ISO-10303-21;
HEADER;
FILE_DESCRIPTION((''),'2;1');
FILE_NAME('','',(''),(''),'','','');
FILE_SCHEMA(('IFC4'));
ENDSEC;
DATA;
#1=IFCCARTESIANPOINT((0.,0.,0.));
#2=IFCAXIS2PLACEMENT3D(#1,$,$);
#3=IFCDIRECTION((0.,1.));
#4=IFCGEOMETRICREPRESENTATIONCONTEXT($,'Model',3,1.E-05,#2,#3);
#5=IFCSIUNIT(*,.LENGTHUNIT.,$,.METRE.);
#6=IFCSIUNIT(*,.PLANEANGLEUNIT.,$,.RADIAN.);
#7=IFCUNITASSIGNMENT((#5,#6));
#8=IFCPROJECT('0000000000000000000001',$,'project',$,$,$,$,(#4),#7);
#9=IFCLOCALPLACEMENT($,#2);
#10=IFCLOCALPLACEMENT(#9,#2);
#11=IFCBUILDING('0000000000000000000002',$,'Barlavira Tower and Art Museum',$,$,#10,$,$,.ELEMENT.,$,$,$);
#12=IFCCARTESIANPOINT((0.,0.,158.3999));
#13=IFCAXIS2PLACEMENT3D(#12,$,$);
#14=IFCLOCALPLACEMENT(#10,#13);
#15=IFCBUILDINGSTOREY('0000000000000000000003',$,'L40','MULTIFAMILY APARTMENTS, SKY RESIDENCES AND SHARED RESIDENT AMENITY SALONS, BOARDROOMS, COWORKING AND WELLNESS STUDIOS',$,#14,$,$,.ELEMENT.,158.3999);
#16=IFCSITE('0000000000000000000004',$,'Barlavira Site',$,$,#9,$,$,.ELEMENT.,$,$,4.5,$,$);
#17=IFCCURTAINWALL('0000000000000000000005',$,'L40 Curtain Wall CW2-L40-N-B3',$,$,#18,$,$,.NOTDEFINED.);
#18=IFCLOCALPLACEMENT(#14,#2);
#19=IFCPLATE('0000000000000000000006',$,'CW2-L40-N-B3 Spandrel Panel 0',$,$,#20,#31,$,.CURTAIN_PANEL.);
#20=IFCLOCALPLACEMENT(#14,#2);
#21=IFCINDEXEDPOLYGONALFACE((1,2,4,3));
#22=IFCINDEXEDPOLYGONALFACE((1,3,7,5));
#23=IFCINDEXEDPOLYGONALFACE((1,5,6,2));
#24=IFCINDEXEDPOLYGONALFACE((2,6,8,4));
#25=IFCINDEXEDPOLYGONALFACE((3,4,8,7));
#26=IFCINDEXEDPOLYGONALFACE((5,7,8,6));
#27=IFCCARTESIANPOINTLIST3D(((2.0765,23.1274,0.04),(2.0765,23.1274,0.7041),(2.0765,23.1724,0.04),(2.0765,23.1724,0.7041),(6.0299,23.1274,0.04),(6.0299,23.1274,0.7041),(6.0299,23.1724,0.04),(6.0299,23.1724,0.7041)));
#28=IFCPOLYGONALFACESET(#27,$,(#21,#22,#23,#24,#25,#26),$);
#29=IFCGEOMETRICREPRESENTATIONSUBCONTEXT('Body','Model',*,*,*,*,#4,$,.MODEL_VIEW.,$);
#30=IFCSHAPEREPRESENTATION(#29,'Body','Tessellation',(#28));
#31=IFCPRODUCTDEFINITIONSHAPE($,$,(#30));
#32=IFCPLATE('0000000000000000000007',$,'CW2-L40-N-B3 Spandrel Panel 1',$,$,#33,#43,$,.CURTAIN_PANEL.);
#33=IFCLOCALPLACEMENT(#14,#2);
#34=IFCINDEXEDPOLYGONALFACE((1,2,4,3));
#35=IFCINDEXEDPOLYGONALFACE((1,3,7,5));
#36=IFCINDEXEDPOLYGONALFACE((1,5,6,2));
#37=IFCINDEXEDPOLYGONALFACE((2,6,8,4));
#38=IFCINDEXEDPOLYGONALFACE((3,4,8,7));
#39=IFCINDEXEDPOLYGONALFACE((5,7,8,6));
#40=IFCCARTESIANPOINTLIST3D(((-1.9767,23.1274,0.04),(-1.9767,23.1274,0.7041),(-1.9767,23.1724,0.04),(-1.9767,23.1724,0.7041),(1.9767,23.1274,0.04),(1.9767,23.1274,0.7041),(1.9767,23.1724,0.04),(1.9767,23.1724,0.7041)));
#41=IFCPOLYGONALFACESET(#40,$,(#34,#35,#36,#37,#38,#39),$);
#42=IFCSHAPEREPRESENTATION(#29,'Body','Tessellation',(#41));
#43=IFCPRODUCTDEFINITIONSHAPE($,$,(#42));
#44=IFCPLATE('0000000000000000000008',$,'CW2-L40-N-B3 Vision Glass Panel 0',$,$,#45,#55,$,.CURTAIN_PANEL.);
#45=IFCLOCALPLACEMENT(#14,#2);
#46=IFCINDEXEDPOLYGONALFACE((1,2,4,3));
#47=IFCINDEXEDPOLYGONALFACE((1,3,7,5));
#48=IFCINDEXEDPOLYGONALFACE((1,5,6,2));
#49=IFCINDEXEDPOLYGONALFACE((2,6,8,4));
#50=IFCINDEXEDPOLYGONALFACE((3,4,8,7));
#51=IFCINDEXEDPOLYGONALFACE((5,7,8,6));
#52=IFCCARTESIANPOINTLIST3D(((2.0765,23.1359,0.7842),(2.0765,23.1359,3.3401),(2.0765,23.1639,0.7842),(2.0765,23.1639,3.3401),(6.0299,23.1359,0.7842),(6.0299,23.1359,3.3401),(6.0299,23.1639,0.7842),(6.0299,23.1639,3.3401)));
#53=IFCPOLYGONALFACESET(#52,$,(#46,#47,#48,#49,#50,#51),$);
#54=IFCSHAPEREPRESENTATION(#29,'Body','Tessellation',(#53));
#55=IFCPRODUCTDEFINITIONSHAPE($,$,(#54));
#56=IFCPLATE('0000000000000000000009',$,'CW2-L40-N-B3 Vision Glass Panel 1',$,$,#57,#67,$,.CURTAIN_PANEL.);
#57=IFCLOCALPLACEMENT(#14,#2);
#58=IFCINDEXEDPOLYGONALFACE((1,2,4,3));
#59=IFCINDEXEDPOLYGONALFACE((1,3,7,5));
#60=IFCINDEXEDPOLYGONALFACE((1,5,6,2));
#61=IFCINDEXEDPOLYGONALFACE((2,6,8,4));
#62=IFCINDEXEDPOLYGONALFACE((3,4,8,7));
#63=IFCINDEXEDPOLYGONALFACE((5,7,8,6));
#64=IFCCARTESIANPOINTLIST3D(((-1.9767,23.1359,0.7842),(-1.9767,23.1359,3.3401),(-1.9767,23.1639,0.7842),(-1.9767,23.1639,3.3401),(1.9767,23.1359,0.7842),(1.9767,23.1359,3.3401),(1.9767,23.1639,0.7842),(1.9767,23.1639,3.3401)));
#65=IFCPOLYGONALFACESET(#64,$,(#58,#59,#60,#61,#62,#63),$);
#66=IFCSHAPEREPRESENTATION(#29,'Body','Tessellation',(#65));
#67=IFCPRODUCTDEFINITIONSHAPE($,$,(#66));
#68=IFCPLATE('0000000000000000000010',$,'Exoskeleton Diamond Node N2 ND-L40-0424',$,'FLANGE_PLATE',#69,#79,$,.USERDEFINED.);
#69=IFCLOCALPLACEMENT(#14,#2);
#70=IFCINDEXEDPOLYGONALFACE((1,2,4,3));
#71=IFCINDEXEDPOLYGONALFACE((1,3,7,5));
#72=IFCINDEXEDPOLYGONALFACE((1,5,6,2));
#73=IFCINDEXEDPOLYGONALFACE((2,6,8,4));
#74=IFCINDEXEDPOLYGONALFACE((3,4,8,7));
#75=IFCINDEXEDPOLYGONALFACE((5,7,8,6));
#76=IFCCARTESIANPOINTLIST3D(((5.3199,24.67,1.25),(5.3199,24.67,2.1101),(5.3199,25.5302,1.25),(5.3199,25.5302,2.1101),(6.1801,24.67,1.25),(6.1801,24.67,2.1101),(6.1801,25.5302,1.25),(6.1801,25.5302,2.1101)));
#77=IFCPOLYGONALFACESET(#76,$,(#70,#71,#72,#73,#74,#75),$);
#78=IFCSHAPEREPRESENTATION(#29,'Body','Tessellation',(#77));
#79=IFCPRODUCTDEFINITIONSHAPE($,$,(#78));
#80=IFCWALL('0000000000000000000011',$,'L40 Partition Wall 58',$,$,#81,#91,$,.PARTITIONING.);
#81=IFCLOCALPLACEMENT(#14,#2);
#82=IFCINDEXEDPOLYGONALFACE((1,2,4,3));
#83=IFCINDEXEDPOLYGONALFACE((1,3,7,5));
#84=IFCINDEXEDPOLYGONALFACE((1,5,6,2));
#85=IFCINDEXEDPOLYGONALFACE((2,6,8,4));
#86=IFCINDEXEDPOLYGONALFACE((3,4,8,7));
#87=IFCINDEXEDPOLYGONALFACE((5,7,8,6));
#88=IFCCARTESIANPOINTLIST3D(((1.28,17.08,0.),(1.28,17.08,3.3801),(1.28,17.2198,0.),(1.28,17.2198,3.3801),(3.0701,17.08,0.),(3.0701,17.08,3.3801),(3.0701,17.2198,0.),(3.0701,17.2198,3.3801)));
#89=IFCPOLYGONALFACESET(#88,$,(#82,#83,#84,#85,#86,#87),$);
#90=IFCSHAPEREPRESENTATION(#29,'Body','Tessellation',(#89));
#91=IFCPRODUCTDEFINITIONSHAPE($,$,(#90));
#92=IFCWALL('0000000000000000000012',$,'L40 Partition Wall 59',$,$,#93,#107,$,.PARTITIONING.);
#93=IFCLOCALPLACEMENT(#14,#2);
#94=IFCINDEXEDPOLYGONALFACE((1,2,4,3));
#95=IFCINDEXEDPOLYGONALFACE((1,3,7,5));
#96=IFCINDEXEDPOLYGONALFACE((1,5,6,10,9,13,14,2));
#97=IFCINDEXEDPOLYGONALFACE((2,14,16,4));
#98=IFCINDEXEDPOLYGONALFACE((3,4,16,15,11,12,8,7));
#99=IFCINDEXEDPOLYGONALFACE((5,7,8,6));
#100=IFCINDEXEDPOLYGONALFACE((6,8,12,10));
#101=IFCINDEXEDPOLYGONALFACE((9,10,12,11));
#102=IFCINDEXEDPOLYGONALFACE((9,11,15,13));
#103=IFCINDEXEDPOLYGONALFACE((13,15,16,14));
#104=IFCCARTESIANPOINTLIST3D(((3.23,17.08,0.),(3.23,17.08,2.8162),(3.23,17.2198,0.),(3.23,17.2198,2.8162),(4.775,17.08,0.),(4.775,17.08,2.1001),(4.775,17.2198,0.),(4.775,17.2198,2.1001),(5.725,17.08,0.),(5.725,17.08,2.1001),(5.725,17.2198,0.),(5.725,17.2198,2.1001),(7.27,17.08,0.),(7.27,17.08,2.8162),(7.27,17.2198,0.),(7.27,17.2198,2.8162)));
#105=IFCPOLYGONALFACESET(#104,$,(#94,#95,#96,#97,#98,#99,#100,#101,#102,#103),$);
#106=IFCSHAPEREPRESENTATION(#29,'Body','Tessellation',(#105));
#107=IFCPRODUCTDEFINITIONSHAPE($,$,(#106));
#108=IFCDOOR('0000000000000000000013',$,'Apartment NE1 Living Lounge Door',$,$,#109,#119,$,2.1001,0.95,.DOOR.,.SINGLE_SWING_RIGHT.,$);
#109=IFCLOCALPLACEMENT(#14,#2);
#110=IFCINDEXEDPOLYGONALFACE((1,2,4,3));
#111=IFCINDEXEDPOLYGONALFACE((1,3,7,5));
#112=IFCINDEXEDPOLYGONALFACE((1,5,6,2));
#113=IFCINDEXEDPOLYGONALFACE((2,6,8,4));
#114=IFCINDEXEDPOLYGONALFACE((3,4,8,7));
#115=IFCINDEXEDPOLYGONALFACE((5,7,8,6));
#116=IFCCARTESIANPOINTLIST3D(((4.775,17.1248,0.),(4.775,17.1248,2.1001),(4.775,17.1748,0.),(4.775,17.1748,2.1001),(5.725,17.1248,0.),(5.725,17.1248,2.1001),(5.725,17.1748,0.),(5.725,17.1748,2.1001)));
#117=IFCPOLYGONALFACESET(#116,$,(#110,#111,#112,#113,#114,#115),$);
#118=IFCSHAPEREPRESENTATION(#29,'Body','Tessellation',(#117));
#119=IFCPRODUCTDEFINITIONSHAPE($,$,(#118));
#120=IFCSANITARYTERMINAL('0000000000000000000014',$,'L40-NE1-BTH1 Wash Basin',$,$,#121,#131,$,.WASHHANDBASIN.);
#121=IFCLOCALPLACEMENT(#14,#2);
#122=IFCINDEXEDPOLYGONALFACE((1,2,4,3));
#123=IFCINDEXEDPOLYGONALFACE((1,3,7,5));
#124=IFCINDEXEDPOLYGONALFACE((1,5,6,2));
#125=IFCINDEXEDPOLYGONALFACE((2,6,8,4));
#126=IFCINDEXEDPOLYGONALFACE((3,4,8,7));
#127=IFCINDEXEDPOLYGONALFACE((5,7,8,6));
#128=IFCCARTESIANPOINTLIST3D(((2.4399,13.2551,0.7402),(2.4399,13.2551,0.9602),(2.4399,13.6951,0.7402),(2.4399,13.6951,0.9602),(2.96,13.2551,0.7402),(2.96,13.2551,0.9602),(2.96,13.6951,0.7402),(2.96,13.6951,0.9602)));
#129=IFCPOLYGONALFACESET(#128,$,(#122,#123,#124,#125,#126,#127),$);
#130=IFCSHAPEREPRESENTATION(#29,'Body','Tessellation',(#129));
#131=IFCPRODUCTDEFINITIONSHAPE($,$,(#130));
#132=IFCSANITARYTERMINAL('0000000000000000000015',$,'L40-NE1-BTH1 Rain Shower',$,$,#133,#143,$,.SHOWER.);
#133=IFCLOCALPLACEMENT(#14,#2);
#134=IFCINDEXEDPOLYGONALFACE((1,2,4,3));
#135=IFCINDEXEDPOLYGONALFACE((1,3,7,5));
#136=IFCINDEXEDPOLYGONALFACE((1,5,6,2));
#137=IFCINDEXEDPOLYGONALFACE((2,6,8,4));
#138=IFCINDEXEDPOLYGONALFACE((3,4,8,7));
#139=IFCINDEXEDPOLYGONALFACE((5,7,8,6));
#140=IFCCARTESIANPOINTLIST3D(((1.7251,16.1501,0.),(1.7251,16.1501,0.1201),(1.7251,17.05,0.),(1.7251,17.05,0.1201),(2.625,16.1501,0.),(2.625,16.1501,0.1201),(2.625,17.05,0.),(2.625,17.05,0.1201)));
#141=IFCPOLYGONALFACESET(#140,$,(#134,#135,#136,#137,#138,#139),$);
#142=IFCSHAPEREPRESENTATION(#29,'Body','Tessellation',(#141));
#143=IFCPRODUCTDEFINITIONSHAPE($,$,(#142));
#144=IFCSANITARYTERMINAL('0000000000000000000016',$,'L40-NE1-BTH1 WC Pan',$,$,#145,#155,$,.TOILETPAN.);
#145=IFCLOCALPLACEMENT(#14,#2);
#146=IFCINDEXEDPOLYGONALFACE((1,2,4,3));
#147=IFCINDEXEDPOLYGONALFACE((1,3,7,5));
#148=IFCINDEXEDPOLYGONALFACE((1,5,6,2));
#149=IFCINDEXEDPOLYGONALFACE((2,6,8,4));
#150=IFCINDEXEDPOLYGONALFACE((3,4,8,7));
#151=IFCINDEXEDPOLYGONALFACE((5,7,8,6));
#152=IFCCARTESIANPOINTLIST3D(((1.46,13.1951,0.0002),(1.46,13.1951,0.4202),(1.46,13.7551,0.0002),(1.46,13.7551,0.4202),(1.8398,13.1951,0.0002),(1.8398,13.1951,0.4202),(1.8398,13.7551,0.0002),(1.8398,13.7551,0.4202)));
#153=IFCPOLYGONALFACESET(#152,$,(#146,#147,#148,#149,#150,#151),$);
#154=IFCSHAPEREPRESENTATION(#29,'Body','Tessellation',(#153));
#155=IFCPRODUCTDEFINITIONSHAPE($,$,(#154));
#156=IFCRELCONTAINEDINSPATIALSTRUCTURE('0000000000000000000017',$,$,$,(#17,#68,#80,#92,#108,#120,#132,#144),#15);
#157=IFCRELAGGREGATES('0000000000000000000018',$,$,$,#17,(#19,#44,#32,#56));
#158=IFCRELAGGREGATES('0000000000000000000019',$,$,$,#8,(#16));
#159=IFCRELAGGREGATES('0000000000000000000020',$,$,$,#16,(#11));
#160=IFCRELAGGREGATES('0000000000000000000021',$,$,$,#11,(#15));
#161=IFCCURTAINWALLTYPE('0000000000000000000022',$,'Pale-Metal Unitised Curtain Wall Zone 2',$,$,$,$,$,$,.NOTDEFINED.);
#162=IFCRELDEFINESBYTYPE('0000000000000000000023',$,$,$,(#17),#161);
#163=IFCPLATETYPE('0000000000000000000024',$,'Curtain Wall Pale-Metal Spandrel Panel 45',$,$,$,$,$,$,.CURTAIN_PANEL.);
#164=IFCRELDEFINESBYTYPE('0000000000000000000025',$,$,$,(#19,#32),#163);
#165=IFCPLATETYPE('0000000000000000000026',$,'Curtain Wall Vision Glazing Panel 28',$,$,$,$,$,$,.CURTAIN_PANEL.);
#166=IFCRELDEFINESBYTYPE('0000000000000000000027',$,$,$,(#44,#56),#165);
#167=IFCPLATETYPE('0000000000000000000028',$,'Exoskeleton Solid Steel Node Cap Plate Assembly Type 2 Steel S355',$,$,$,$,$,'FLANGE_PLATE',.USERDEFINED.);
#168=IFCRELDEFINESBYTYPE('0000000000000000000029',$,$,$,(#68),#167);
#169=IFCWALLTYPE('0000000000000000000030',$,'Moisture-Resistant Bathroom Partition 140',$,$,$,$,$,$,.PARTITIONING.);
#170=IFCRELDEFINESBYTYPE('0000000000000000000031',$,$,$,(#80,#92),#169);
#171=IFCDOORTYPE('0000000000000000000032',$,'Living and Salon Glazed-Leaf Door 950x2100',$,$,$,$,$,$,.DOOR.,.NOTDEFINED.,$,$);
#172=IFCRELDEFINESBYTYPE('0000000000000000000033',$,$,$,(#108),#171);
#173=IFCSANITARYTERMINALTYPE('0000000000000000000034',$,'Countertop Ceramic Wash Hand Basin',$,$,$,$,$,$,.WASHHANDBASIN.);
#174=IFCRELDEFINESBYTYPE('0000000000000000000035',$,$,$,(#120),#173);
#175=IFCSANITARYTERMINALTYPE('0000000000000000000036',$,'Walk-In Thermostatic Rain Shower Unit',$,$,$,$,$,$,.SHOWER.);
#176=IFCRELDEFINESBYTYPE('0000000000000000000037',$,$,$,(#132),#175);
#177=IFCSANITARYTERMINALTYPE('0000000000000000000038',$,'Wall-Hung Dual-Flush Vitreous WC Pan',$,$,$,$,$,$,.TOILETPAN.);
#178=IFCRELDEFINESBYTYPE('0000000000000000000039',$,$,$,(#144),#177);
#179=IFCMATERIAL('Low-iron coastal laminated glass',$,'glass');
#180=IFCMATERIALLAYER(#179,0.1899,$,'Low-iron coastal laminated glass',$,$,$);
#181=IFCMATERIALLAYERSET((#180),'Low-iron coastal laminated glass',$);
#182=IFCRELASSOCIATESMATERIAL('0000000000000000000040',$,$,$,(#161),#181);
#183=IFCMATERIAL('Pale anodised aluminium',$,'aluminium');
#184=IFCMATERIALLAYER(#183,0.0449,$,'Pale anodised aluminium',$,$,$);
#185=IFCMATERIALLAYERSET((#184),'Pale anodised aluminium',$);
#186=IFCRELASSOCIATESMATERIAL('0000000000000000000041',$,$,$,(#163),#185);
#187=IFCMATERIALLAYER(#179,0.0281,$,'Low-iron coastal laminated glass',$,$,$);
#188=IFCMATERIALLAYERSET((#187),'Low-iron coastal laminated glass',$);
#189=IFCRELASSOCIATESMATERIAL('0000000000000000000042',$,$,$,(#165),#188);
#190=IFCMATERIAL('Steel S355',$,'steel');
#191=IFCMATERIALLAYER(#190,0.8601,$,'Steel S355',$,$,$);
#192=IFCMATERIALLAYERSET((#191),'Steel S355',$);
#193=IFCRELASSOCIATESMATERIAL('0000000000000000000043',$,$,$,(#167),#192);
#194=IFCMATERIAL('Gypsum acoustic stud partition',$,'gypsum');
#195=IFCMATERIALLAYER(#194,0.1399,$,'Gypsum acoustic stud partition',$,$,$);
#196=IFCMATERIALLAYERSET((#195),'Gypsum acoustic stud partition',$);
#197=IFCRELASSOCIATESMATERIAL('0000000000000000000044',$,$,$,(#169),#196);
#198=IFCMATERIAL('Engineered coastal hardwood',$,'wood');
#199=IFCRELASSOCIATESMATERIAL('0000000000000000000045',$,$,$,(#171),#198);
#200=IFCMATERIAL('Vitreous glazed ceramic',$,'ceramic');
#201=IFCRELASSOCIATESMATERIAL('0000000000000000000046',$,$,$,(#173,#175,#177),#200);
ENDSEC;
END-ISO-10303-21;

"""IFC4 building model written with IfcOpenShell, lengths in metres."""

from ifc_helpers import new_model, si_unit, direction, frame, frame_2d, origin, origin_2d, place, context, subcontext, project, spatial, rectangle, extrude, material, layer, layer_set, type_object, element, fill, aggregate, save


model = new_model("IFC4")

# Units and contexts
model_context = context("Model", 3, precision=1e-05, world=origin(), true_north=direction((0.0, 1.0)))
body_context = subcontext(model_context, "Body", "Model", "MODEL_VIEW")
ifc_project = project(units=[si_unit("LENGTHUNIT", "METRE"), si_unit("PLANEANGLEUNIT", "RADIAN")], contexts=[model_context])

# Site, building, storey
site_placement = place(None, origin())
site = spatial("IfcSite", under=ifc_project, at=site_placement, Name="Barlavira Site", CompositionType="ELEMENT", RefElevation=4.5)
building_placement = place(site_placement, origin())
building = spatial("IfcBuilding", under=site, at=building_placement, Name="Barlavira Tower and Art Museum", CompositionType="ELEMENT")
storey_placement = place(building_placement, frame((0.0, 0.0, 158.3999)))
storey = spatial("IfcBuildingStorey", under=building, at=storey_placement, Name="L40", Description="MULTIFAMILY APARTMENTS, SKY RESIDENCES AND SHARED RESIDENT AMENITY SALONS, BOARDROOMS, COWORKING AND WELLNESS STUDIOS", CompositionType="ELEMENT", Elevation=158.3999)

# Curtain wall
ifc_material_1 = material(Name="Low-iron coastal laminated glass", Category="glass")
ifc_layer_1 = layer(ifc_material_1, 0.1899, Name="Low-iron coastal laminated glass")
ifc_layer_set_1 = layer_set([ifc_layer_1], Name="Low-iron coastal laminated glass")
curtain_wall_type = type_object("IfcCurtainWallType", Name="Pale-Metal Unitised Curtain Wall Zone 2", PredefinedType="NOTDEFINED", material=ifc_layer_set_1)
curtain_wall_placement = place(storey_placement, origin())
curtain_wall = element("IfcCurtainWall", 1, at=curtain_wall_placement, inside=storey, type_object=curtain_wall_type, Name="L40 Curtain Wall CW2-L40-N-B3", PredefinedType="NOTDEFINED")
ifc_material_2 = material(Name="Pale anodised aluminium", Category="aluminium")

# Shared definitions
ifc_material_3 = material(Name="Steel S355", Category="steel")

# Plates
ifc_layer_2 = layer(ifc_material_2, 0.0449, Name="Pale anodised aluminium")
ifc_layer_set_2 = layer_set([ifc_layer_2], Name="Pale anodised aluminium")
plate_type_1 = type_object("IfcPlateType", Name="Curtain Wall Pale-Metal Spandrel Panel 45", PredefinedType="CURTAIN_PANEL", material=ifc_layer_set_2)
plate_1_placement = place(storey_placement, frame((4.0532, 23.1499, 0.04), z_axis=(0.0, 0.0, 1.0), x_axis=(-1.0, 0.0, 0.0)))
plate_1 = element("IfcPlate", 2, at=plate_1_placement, type_object=plate_type_1, Name="CW2-L40-N-B3 Spandrel Panel 0", PredefinedType="CURTAIN_PANEL", context=body_context, shape_type="SweptSolid", body=[
    extrude(rectangle(XDim=3.9534, YDim=0.0449, at=origin_2d()), origin(), (0.0, 0.0, 1.0), 0.6641),
])
plate_2_placement = place(storey_placement, frame((0.0, 23.1499, 0.04), z_axis=(0.0, 0.0, 1.0), x_axis=(-1.0, 0.0, 0.0)))
plate_2 = element("IfcPlate", 3, at=plate_2_placement, type_object=plate_type_1, Name="CW2-L40-N-B3 Spandrel Panel 1", PredefinedType="CURTAIN_PANEL", context=body_context, shape_type="SweptSolid", body=[
    extrude(rectangle(XDim=3.9534, YDim=0.0449, at=origin_2d()), origin(), (0.0, 0.0, 1.0), 0.6641),
])
ifc_layer_3 = layer(ifc_material_1, 0.0281, Name="Low-iron coastal laminated glass")
ifc_layer_set_3 = layer_set([ifc_layer_3], Name="Low-iron coastal laminated glass")
plate_type_2 = type_object("IfcPlateType", Name="Curtain Wall Vision Glazing Panel 28", PredefinedType="CURTAIN_PANEL", material=ifc_layer_set_3)
plate_3_placement = place(storey_placement, frame((4.0532, 23.1499, 0.7842), z_axis=(0.0, 0.0, 1.0), x_axis=(-1.0, 0.0, 0.0)))
plate_3 = element("IfcPlate", 4, at=plate_3_placement, type_object=plate_type_2, Name="CW2-L40-N-B3 Vision Glass Panel 0", PredefinedType="CURTAIN_PANEL", context=body_context, shape_type="SweptSolid", body=[
    extrude(rectangle(XDim=3.9534, YDim=0.0281, at=origin_2d()), origin(), (0.0, 0.0, 1.0), 2.5559),
])
plate_4_placement = place(storey_placement, frame((0.0, 23.1499, 0.7842), z_axis=(0.0, 0.0, 1.0), x_axis=(-1.0, 0.0, 0.0)))
plate_4 = element("IfcPlate", 5, at=plate_4_placement, type_object=plate_type_2, Name="CW2-L40-N-B3 Vision Glass Panel 1", PredefinedType="CURTAIN_PANEL", context=body_context, shape_type="SweptSolid", body=[
    extrude(rectangle(XDim=3.9534, YDim=0.0281, at=origin_2d()), origin(), (0.0, 0.0, 1.0), 2.5559),
])
aggregate(curtain_wall, [plate_1, plate_3, plate_2, plate_4])
ifc_layer_4 = layer(ifc_material_3, 0.8601, Name="Steel S355")
ifc_layer_set_4 = layer_set([ifc_layer_4], Name="Steel S355")
plate_type_3 = type_object("IfcPlateType", Name="Exoskeleton Solid Steel Node Cap Plate Assembly Type 2 Steel S355", ElementType="FLANGE_PLATE", PredefinedType="USERDEFINED", material=ifc_layer_set_4)
plate_5_placement = place(storey_placement, frame((5.75, 25.1001, 1.25), z_axis=(0.0, 0.0, 1.0), x_axis=(1.0, 0.0, 0.0)))
element("IfcPlate", 6, at=plate_5_placement, inside=storey, type_object=plate_type_3, Name="Exoskeleton Diamond Node N2 ND-L40-0424", ObjectType="FLANGE_PLATE", PredefinedType="USERDEFINED", context=body_context, shape_type="SweptSolid", body=[
    extrude(rectangle(XDim=0.8601, YDim=0.8601, at=origin_2d()), origin(), (0.0, 0.0, 1.0), 0.8601),
])

# Wall
ifc_material_4 = material(Name="Gypsum acoustic stud partition", Category="gypsum")
ifc_layer_5 = layer(ifc_material_4, 0.1399, Name="Gypsum acoustic stud partition")
ifc_layer_set_5 = layer_set([ifc_layer_5], Name="Gypsum acoustic stud partition")
wall_type = type_object("IfcWallType", Name="Moisture-Resistant Bathroom Partition 140", PredefinedType="PARTITIONING", material=ifc_layer_set_5)
wall_1_placement = place(storey_placement, frame((1.28, 17.1499, 0.0), z_axis=(0.0, 0.0, 1.0), x_axis=(1.0, 0.0, 0.0)))
element("IfcWall", 7, at=wall_1_placement, inside=storey, type_object=wall_type, Name="L40 Partition Wall 58", PredefinedType="PARTITIONING", context=body_context, shape_type="SweptSolid", body=[
    extrude(rectangle(XDim=1.79, YDim=0.1399, at=frame_2d((0.895, 0.0))), origin(), (0.0, 0.0, 1.0), 3.3801),
])

# Wall, opening, door
wall_2_placement = place(storey_placement, frame((3.23, 17.1499, 0.0), z_axis=(0.0, 0.0, 1.0), x_axis=(1.0, 0.0, 0.0)))
wall_2 = element("IfcWall", 8, at=wall_2_placement, inside=storey, type_object=wall_type, Name="L40 Partition Wall 59", PredefinedType="PARTITIONING", context=body_context, shape_type="SweptSolid", body=[
    extrude(rectangle(XDim=4.04, YDim=0.1399, at=frame_2d((2.02, 0.0))), origin(), (0.0, 0.0, 1.0), 2.8162),
])
opening_placement = place(wall_2_placement, frame((1.5449, 0.0, 0.0)))
opening = element("IfcOpeningElement", 9, at=opening_placement, cuts=wall_2, PredefinedType="OPENING", context=body_context, shape_type="SweptSolid", body=[
    extrude(rectangle(XDim=0.95, YDim=2.1001, at=frame_2d((0.4751, 1.05))), frame((0.0, 0.0801, 0.0), z_axis=(0.0, -1.0, 0.0), x_axis=(1.0, 0.0, 0.0)), (0.0, 0.0, 1.0), 0.1599),
])
ifc_material_5 = material(Name="Engineered coastal hardwood", Category="wood")
door_type = type_object("IfcDoorType", Name="Living and Salon Glazed-Leaf Door 950x2100", OperationType="NOTDEFINED", PredefinedType="DOOR", material=ifc_material_5)
door_placement = place(opening_placement, origin())
door = element("IfcDoor", 10, at=door_placement, inside=storey, type_object=door_type, Name="Apartment NE1 Living Lounge Door", OperationType="SINGLE_SWING_RIGHT", OverallHeight=2.1001, OverallWidth=0.95, PredefinedType="DOOR", context=body_context, shape_type="SweptSolid", body=[
    extrude(rectangle(XDim=0.95, YDim=2.1001, at=frame_2d((0.4751, 1.05))), frame((0.0, 0.0249, 0.0), z_axis=(0.0, -1.0, 0.0), x_axis=(1.0, 0.0, 0.0)), (0.0, 0.0, 1.0), 0.05),
])
fill(opening, door)

# Sanitary terminals
ifc_material_6 = material(Name="Vitreous glazed ceramic", Category="ceramic")
sanitary_terminal_type_1 = type_object("IfcSanitaryTerminalType", Name="Countertop Ceramic Wash Hand Basin", PredefinedType="WASHHANDBASIN", material=ifc_material_6)
sanitary_terminal_1_placement = place(storey_placement, frame((2.7, 13.4751, 0.7402), z_axis=(0.0, 0.0, 1.0), x_axis=(1.0, 0.0, 0.0)))
element("IfcSanitaryTerminal", 11, at=sanitary_terminal_1_placement, inside=storey, type_object=sanitary_terminal_type_1, Name="L40-NE1-BTH1 Wash Basin", PredefinedType="WASHHANDBASIN", context=body_context, shape_type="SweptSolid", body=[
    extrude(rectangle(XDim=0.52, YDim=0.4399, at=origin_2d()), origin(), (0.0, 0.0, 1.0), 0.22),
])
sanitary_terminal_type_2 = type_object("IfcSanitaryTerminalType", Name="Walk-In Thermostatic Rain Shower Unit", PredefinedType="SHOWER", material=ifc_material_6)
sanitary_terminal_2_placement = place(storey_placement, frame((2.175, 16.6001, 0.0), z_axis=(0.0, 0.0, 1.0), x_axis=(1.0, 0.0, 0.0)))
element("IfcSanitaryTerminal", 12, at=sanitary_terminal_2_placement, inside=storey, type_object=sanitary_terminal_type_2, Name="L40-NE1-BTH1 Rain Shower", PredefinedType="SHOWER", context=body_context, shape_type="SweptSolid", body=[
    extrude(rectangle(XDim=0.8999, YDim=0.8999, at=origin_2d()), origin(), (0.0, 0.0, 1.0), 0.1201),
])
sanitary_terminal_type_3 = type_object("IfcSanitaryTerminalType", Name="Wall-Hung Dual-Flush Vitreous WC Pan", PredefinedType="TOILETPAN", material=ifc_material_6)
sanitary_terminal_3_placement = place(storey_placement, frame((1.6499, 13.4751, 0.0002), z_axis=(0.0, 0.0, 1.0), x_axis=(1.0, 0.0, 0.0)))
element("IfcSanitaryTerminal", 13, at=sanitary_terminal_3_placement, inside=storey, type_object=sanitary_terminal_type_3, Name="L40-NE1-BTH1 WC Pan", PredefinedType="TOILETPAN", context=body_context, shape_type="SweptSolid", body=[
    extrude(rectangle(XDim=0.3799, YDim=0.5601, at=origin_2d()), origin(), (0.0, 0.0, 1.0), 0.4199),
])

save(model, "model.ifc")
